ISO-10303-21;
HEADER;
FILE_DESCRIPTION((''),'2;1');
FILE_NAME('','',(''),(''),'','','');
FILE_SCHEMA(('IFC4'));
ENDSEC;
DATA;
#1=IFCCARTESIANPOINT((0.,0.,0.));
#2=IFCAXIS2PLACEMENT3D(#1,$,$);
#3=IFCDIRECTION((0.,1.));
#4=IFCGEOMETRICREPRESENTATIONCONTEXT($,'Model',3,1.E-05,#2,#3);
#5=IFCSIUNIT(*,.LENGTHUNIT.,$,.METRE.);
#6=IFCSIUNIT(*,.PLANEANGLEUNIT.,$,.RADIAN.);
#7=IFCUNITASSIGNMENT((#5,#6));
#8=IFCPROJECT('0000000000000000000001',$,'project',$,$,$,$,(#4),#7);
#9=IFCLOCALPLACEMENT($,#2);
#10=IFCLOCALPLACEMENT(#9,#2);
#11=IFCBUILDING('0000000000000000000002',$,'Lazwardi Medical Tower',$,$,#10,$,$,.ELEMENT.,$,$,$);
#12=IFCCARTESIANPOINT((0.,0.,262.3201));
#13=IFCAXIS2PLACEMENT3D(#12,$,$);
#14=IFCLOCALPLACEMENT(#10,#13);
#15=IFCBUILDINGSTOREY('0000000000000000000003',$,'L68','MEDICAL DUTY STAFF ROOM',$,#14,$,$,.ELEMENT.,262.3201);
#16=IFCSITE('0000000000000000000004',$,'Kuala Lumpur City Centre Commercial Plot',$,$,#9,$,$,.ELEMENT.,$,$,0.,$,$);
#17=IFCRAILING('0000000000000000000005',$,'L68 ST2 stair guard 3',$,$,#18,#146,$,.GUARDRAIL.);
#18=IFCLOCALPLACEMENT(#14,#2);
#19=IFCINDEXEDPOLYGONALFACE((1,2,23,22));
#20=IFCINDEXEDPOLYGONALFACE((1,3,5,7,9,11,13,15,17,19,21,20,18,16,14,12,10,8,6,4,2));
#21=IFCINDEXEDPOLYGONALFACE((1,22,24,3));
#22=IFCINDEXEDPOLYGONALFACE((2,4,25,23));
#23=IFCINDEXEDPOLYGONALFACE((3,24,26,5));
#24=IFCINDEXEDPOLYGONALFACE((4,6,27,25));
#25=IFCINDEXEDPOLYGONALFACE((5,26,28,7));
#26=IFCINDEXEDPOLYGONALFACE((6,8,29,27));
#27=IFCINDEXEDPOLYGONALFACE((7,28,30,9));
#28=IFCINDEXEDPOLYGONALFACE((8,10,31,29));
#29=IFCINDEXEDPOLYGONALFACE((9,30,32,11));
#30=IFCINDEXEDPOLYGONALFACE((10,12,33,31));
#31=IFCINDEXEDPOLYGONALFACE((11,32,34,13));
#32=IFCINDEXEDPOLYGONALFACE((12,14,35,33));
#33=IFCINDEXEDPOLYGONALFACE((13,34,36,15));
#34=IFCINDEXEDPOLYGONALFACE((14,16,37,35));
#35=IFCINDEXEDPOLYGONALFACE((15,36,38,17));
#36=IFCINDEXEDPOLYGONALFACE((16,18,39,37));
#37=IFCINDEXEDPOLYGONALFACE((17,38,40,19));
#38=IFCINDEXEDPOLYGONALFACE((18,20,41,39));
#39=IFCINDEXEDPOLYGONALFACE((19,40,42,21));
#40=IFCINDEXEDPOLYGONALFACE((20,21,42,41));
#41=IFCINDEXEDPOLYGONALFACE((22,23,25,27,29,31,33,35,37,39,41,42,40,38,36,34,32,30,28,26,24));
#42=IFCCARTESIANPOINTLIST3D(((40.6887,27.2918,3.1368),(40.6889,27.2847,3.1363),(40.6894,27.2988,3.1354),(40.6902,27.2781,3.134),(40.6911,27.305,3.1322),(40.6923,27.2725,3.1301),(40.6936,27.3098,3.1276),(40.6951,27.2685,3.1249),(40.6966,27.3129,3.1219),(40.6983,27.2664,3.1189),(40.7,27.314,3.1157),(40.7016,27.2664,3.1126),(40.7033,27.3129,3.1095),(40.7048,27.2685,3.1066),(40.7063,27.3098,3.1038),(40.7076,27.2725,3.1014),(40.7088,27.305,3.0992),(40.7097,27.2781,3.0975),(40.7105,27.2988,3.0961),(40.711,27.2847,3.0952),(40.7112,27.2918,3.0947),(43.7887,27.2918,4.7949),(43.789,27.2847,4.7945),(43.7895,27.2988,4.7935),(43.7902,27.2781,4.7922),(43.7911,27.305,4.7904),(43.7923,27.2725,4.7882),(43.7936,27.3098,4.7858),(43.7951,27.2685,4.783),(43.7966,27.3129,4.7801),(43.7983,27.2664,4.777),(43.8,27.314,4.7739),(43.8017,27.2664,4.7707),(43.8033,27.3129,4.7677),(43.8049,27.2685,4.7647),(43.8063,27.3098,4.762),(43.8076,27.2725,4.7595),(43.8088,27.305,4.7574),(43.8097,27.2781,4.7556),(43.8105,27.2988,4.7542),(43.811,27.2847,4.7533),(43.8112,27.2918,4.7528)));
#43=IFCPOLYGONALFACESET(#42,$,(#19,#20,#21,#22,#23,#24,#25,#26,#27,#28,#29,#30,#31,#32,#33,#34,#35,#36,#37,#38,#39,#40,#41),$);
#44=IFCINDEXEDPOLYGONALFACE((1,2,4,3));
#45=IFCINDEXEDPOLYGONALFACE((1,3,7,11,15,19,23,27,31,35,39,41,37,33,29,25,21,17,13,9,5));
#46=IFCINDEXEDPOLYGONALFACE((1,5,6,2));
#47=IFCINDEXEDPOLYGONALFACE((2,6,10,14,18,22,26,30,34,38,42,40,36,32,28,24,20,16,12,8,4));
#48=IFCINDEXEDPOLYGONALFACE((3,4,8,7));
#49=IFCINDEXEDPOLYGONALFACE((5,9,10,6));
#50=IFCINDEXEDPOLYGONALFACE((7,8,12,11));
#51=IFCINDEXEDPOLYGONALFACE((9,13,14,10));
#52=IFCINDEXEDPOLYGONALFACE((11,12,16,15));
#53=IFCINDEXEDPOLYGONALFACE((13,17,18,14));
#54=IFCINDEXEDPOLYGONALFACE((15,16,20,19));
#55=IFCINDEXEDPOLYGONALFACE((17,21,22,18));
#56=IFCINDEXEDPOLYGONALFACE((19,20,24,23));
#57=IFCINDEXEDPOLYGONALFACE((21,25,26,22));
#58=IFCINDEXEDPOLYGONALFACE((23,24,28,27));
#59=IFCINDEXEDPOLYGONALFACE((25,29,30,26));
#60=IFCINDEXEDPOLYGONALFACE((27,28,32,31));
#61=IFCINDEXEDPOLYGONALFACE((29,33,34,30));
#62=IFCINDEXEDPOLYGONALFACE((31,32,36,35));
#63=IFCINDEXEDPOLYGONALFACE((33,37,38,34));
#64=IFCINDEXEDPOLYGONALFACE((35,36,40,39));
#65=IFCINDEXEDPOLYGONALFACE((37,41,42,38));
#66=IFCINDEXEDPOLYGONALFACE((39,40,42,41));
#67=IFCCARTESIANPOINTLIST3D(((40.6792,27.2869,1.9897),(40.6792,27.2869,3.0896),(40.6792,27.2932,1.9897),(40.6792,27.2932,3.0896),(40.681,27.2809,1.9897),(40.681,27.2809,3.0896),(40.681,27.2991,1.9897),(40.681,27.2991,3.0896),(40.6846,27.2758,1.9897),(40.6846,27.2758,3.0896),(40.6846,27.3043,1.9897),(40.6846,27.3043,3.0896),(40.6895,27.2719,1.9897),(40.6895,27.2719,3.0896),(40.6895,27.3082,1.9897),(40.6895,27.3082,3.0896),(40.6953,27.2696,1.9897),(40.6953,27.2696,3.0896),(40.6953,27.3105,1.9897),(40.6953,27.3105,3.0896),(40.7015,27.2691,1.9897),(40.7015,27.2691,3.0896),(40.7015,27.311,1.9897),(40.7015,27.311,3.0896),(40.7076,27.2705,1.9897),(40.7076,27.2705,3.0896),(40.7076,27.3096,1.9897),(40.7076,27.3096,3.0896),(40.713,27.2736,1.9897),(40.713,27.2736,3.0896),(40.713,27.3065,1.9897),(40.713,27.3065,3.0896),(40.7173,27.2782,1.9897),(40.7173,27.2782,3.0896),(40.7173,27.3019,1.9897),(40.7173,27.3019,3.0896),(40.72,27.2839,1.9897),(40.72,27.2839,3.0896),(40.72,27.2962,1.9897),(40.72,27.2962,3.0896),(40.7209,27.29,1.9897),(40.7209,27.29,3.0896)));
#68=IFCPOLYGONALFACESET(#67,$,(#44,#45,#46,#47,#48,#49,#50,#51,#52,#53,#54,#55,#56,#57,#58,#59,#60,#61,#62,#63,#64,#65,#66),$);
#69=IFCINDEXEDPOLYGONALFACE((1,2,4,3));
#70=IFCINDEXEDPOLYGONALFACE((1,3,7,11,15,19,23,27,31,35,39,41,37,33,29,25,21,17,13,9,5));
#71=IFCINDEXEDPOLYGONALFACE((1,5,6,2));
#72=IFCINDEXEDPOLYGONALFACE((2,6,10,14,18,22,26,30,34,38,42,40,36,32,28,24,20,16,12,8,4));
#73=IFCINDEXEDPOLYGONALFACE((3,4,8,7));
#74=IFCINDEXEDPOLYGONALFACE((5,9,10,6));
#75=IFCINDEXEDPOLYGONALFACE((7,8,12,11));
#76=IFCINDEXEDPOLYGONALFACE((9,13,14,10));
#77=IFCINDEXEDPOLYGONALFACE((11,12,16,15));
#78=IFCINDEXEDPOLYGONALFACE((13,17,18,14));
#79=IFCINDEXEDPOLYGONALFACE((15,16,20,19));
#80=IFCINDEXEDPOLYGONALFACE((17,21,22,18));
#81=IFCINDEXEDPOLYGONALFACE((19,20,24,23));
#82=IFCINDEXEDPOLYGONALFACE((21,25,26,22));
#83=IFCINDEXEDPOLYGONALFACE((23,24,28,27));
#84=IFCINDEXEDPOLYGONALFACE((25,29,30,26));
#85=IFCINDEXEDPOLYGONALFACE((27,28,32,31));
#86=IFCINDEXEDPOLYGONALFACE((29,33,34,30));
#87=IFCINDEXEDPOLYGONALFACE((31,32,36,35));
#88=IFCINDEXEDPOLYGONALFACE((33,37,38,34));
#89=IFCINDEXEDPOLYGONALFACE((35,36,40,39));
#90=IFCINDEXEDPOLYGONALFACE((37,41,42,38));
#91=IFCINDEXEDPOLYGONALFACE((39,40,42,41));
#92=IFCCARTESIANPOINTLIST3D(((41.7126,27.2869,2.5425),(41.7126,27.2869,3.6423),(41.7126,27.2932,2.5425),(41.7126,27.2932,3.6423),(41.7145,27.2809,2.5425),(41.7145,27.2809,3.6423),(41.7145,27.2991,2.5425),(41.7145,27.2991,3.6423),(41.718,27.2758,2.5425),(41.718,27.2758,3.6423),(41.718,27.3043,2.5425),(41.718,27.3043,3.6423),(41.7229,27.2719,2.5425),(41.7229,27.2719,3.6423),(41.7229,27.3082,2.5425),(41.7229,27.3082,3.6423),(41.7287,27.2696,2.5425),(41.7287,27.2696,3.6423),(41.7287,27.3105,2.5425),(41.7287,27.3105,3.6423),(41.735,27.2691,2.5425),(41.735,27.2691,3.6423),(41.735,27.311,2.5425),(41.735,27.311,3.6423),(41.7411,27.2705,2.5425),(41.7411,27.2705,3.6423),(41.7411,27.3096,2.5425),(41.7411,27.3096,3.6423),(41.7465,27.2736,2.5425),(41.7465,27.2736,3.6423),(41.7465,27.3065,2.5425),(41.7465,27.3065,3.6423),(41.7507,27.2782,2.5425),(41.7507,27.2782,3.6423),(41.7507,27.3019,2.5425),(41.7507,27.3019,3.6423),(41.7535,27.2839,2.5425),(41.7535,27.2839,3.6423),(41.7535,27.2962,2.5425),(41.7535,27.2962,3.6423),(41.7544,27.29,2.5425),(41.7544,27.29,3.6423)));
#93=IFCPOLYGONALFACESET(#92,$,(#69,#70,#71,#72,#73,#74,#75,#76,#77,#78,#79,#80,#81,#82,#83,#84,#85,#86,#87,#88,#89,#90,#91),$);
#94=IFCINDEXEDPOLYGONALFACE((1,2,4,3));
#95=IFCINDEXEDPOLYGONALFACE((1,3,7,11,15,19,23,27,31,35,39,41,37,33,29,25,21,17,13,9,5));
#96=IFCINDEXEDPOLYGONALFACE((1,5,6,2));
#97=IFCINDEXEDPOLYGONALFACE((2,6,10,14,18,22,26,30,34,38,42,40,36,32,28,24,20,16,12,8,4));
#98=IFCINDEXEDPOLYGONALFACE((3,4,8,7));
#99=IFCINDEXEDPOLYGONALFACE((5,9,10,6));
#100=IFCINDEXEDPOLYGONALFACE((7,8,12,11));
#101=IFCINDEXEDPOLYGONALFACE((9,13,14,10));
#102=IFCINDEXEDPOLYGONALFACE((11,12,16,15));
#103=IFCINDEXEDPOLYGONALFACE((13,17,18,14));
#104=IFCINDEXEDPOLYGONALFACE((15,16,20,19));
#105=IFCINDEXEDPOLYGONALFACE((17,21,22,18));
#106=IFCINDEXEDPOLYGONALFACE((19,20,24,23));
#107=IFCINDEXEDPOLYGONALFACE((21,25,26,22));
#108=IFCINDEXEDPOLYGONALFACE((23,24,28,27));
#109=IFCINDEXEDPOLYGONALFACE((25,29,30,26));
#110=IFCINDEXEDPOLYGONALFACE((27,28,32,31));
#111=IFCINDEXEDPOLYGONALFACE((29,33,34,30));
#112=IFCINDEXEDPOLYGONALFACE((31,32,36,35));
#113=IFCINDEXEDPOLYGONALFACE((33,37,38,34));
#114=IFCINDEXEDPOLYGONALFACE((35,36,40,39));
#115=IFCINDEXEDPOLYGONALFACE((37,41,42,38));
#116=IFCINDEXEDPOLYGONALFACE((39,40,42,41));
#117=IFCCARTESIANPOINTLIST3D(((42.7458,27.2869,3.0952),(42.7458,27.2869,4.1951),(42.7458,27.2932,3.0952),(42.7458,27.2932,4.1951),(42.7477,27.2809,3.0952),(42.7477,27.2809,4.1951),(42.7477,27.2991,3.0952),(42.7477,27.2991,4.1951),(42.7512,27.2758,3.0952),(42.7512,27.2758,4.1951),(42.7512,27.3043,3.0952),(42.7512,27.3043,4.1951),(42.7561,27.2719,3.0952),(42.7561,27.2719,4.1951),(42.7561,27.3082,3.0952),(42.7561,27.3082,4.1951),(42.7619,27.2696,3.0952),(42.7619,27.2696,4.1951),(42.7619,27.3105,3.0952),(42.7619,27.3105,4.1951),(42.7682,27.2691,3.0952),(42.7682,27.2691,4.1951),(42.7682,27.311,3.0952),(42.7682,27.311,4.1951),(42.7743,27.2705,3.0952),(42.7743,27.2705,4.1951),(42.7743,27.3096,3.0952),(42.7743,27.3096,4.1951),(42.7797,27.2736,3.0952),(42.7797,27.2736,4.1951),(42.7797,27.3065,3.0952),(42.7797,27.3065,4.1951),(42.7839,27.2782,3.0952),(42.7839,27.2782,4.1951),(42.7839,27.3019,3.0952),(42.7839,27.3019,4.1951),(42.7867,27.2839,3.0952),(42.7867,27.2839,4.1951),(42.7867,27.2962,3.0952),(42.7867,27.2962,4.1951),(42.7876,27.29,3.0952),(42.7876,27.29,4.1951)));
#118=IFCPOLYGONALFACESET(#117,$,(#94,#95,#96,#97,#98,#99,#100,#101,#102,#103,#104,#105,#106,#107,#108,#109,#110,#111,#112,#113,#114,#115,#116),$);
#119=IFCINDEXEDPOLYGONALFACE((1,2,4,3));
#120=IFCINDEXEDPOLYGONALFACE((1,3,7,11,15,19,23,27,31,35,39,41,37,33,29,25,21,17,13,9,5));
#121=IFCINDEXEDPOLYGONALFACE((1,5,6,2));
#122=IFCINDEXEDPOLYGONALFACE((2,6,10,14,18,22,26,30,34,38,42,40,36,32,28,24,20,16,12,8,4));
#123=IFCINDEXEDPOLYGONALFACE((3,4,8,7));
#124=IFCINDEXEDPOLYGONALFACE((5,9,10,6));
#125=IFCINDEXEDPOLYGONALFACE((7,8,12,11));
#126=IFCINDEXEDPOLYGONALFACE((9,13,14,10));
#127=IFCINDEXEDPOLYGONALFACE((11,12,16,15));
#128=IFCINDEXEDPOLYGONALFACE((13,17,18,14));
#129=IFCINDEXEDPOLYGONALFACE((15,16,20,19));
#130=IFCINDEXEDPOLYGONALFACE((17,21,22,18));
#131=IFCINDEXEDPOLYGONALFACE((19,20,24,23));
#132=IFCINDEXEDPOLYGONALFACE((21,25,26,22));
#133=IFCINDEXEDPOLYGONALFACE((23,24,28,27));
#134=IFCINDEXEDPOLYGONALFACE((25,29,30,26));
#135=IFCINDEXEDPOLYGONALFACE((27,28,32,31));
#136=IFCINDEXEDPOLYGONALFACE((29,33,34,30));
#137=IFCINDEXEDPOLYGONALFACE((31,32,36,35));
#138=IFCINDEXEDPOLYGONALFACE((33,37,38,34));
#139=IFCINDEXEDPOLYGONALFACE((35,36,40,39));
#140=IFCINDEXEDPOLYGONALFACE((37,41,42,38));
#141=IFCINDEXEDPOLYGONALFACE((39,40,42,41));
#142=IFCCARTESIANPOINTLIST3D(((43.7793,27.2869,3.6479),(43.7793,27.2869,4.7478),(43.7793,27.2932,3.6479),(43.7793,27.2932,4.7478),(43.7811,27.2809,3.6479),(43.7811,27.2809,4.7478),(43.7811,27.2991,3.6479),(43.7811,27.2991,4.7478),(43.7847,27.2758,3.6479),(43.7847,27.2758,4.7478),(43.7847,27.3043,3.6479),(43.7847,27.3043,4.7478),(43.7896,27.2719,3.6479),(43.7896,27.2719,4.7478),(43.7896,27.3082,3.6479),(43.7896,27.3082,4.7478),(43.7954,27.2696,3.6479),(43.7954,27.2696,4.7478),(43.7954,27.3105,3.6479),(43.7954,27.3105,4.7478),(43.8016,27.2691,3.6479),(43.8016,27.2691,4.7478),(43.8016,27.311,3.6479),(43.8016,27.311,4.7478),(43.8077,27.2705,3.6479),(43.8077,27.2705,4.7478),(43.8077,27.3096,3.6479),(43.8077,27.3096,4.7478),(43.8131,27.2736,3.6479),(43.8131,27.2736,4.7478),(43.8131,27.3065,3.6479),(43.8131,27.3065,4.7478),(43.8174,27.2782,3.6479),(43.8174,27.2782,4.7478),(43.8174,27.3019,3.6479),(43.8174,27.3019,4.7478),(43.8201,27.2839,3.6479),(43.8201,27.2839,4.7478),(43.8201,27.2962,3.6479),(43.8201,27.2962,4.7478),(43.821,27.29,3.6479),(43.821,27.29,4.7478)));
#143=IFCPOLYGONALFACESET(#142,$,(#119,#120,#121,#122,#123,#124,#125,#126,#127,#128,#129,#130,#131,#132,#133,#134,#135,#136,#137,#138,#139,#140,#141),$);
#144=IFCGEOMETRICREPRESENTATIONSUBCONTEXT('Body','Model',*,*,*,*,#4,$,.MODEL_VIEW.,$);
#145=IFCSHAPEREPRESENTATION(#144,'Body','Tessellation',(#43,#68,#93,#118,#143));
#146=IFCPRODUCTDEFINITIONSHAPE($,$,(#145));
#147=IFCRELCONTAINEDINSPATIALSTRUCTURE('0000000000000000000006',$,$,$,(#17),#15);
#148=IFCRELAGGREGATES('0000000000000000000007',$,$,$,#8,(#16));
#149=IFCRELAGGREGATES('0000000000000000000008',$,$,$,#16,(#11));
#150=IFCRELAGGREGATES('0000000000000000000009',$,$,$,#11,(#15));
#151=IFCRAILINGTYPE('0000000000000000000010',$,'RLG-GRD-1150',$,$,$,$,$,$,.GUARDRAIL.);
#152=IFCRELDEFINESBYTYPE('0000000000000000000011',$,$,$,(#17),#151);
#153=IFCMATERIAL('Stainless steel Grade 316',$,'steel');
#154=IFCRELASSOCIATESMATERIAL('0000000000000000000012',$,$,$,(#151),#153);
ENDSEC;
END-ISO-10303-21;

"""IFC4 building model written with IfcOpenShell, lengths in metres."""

from ifc_helpers import new_model, si_unit, direction, frame, origin, origin_2d, place, context, subcontext, project, spatial, circle, extrude, material, type_object, element, save


model = new_model("IFC4")

# Units and contexts
model_context = context("Model", 3, precision=1e-05, world=origin(), true_north=direction((0.0, 1.0)))
body_context = subcontext(model_context, "Body", "Model", "MODEL_VIEW")
ifc_project = project(units=[si_unit("LENGTHUNIT", "METRE"), si_unit("PLANEANGLEUNIT", "RADIAN")], contexts=[model_context])

# Site, building, storey
site_placement = place(None, origin())
site = spatial("IfcSite", under=ifc_project, at=site_placement, Name="Kuala Lumpur City Centre Commercial Plot", CompositionType="ELEMENT", RefElevation=0.0)
building_placement = place(site_placement, origin())
building = spatial("IfcBuilding", under=site, at=building_placement, Name="Lazwardi Medical Tower", CompositionType="ELEMENT")
storey_placement = place(building_placement, frame((0.0, 0.0, 262.3201)))
storey = spatial("IfcBuildingStorey", under=building, at=storey_placement, Name="L68", Description="MEDICAL DUTY STAFF ROOM", CompositionType="ELEMENT", Elevation=262.3201)

# Railing
ifc_material_1 = material(Name="Stainless steel Grade 316", Category="steel")
railing_type_1 = type_object("IfcRailingType", Name="RLG-GRD-1150", PredefinedType="GUARDRAIL", material=ifc_material_1)
railing_1_placement = place(storey_placement, frame((40.7, 27.29, 1.9897)))
element("IfcRailing", 1, at=railing_1_placement, inside=storey, type_object=railing_type_1, Name="L68 ST2 stair guard 3", PredefinedType="GUARDRAIL", context=body_context, shape_type="SweptSolid", body=[
    extrude(circle(Radius=0.0239, at=origin_2d()), frame((0.0, 0.0, 1.126), z_axis=(0.881783, 0.0, 0.471655), x_axis=(0.0, 1.0, 0.0)), (0.0, 0.0, 1.0), 3.5156),
    extrude(circle(Radius=0.021, at=origin_2d()), origin(), (0.0, 0.0, 1.0), 1.0999),
    extrude(circle(Radius=0.021, at=origin_2d()), frame((1.0334, 0.0, 0.5527)), (0.0, 0.0, 1.0), 1.0999),
    extrude(circle(Radius=0.021, at=origin_2d()), frame((2.0667, 0.0, 1.1055)), (0.0, 0.0, 1.0), 1.0999),
    extrude(circle(Radius=0.021, at=origin_2d()), frame((3.1001, 0.0, 1.6582)), (0.0, 0.0, 1.0), 1.0999),
])

save(model, "model.ifc")
